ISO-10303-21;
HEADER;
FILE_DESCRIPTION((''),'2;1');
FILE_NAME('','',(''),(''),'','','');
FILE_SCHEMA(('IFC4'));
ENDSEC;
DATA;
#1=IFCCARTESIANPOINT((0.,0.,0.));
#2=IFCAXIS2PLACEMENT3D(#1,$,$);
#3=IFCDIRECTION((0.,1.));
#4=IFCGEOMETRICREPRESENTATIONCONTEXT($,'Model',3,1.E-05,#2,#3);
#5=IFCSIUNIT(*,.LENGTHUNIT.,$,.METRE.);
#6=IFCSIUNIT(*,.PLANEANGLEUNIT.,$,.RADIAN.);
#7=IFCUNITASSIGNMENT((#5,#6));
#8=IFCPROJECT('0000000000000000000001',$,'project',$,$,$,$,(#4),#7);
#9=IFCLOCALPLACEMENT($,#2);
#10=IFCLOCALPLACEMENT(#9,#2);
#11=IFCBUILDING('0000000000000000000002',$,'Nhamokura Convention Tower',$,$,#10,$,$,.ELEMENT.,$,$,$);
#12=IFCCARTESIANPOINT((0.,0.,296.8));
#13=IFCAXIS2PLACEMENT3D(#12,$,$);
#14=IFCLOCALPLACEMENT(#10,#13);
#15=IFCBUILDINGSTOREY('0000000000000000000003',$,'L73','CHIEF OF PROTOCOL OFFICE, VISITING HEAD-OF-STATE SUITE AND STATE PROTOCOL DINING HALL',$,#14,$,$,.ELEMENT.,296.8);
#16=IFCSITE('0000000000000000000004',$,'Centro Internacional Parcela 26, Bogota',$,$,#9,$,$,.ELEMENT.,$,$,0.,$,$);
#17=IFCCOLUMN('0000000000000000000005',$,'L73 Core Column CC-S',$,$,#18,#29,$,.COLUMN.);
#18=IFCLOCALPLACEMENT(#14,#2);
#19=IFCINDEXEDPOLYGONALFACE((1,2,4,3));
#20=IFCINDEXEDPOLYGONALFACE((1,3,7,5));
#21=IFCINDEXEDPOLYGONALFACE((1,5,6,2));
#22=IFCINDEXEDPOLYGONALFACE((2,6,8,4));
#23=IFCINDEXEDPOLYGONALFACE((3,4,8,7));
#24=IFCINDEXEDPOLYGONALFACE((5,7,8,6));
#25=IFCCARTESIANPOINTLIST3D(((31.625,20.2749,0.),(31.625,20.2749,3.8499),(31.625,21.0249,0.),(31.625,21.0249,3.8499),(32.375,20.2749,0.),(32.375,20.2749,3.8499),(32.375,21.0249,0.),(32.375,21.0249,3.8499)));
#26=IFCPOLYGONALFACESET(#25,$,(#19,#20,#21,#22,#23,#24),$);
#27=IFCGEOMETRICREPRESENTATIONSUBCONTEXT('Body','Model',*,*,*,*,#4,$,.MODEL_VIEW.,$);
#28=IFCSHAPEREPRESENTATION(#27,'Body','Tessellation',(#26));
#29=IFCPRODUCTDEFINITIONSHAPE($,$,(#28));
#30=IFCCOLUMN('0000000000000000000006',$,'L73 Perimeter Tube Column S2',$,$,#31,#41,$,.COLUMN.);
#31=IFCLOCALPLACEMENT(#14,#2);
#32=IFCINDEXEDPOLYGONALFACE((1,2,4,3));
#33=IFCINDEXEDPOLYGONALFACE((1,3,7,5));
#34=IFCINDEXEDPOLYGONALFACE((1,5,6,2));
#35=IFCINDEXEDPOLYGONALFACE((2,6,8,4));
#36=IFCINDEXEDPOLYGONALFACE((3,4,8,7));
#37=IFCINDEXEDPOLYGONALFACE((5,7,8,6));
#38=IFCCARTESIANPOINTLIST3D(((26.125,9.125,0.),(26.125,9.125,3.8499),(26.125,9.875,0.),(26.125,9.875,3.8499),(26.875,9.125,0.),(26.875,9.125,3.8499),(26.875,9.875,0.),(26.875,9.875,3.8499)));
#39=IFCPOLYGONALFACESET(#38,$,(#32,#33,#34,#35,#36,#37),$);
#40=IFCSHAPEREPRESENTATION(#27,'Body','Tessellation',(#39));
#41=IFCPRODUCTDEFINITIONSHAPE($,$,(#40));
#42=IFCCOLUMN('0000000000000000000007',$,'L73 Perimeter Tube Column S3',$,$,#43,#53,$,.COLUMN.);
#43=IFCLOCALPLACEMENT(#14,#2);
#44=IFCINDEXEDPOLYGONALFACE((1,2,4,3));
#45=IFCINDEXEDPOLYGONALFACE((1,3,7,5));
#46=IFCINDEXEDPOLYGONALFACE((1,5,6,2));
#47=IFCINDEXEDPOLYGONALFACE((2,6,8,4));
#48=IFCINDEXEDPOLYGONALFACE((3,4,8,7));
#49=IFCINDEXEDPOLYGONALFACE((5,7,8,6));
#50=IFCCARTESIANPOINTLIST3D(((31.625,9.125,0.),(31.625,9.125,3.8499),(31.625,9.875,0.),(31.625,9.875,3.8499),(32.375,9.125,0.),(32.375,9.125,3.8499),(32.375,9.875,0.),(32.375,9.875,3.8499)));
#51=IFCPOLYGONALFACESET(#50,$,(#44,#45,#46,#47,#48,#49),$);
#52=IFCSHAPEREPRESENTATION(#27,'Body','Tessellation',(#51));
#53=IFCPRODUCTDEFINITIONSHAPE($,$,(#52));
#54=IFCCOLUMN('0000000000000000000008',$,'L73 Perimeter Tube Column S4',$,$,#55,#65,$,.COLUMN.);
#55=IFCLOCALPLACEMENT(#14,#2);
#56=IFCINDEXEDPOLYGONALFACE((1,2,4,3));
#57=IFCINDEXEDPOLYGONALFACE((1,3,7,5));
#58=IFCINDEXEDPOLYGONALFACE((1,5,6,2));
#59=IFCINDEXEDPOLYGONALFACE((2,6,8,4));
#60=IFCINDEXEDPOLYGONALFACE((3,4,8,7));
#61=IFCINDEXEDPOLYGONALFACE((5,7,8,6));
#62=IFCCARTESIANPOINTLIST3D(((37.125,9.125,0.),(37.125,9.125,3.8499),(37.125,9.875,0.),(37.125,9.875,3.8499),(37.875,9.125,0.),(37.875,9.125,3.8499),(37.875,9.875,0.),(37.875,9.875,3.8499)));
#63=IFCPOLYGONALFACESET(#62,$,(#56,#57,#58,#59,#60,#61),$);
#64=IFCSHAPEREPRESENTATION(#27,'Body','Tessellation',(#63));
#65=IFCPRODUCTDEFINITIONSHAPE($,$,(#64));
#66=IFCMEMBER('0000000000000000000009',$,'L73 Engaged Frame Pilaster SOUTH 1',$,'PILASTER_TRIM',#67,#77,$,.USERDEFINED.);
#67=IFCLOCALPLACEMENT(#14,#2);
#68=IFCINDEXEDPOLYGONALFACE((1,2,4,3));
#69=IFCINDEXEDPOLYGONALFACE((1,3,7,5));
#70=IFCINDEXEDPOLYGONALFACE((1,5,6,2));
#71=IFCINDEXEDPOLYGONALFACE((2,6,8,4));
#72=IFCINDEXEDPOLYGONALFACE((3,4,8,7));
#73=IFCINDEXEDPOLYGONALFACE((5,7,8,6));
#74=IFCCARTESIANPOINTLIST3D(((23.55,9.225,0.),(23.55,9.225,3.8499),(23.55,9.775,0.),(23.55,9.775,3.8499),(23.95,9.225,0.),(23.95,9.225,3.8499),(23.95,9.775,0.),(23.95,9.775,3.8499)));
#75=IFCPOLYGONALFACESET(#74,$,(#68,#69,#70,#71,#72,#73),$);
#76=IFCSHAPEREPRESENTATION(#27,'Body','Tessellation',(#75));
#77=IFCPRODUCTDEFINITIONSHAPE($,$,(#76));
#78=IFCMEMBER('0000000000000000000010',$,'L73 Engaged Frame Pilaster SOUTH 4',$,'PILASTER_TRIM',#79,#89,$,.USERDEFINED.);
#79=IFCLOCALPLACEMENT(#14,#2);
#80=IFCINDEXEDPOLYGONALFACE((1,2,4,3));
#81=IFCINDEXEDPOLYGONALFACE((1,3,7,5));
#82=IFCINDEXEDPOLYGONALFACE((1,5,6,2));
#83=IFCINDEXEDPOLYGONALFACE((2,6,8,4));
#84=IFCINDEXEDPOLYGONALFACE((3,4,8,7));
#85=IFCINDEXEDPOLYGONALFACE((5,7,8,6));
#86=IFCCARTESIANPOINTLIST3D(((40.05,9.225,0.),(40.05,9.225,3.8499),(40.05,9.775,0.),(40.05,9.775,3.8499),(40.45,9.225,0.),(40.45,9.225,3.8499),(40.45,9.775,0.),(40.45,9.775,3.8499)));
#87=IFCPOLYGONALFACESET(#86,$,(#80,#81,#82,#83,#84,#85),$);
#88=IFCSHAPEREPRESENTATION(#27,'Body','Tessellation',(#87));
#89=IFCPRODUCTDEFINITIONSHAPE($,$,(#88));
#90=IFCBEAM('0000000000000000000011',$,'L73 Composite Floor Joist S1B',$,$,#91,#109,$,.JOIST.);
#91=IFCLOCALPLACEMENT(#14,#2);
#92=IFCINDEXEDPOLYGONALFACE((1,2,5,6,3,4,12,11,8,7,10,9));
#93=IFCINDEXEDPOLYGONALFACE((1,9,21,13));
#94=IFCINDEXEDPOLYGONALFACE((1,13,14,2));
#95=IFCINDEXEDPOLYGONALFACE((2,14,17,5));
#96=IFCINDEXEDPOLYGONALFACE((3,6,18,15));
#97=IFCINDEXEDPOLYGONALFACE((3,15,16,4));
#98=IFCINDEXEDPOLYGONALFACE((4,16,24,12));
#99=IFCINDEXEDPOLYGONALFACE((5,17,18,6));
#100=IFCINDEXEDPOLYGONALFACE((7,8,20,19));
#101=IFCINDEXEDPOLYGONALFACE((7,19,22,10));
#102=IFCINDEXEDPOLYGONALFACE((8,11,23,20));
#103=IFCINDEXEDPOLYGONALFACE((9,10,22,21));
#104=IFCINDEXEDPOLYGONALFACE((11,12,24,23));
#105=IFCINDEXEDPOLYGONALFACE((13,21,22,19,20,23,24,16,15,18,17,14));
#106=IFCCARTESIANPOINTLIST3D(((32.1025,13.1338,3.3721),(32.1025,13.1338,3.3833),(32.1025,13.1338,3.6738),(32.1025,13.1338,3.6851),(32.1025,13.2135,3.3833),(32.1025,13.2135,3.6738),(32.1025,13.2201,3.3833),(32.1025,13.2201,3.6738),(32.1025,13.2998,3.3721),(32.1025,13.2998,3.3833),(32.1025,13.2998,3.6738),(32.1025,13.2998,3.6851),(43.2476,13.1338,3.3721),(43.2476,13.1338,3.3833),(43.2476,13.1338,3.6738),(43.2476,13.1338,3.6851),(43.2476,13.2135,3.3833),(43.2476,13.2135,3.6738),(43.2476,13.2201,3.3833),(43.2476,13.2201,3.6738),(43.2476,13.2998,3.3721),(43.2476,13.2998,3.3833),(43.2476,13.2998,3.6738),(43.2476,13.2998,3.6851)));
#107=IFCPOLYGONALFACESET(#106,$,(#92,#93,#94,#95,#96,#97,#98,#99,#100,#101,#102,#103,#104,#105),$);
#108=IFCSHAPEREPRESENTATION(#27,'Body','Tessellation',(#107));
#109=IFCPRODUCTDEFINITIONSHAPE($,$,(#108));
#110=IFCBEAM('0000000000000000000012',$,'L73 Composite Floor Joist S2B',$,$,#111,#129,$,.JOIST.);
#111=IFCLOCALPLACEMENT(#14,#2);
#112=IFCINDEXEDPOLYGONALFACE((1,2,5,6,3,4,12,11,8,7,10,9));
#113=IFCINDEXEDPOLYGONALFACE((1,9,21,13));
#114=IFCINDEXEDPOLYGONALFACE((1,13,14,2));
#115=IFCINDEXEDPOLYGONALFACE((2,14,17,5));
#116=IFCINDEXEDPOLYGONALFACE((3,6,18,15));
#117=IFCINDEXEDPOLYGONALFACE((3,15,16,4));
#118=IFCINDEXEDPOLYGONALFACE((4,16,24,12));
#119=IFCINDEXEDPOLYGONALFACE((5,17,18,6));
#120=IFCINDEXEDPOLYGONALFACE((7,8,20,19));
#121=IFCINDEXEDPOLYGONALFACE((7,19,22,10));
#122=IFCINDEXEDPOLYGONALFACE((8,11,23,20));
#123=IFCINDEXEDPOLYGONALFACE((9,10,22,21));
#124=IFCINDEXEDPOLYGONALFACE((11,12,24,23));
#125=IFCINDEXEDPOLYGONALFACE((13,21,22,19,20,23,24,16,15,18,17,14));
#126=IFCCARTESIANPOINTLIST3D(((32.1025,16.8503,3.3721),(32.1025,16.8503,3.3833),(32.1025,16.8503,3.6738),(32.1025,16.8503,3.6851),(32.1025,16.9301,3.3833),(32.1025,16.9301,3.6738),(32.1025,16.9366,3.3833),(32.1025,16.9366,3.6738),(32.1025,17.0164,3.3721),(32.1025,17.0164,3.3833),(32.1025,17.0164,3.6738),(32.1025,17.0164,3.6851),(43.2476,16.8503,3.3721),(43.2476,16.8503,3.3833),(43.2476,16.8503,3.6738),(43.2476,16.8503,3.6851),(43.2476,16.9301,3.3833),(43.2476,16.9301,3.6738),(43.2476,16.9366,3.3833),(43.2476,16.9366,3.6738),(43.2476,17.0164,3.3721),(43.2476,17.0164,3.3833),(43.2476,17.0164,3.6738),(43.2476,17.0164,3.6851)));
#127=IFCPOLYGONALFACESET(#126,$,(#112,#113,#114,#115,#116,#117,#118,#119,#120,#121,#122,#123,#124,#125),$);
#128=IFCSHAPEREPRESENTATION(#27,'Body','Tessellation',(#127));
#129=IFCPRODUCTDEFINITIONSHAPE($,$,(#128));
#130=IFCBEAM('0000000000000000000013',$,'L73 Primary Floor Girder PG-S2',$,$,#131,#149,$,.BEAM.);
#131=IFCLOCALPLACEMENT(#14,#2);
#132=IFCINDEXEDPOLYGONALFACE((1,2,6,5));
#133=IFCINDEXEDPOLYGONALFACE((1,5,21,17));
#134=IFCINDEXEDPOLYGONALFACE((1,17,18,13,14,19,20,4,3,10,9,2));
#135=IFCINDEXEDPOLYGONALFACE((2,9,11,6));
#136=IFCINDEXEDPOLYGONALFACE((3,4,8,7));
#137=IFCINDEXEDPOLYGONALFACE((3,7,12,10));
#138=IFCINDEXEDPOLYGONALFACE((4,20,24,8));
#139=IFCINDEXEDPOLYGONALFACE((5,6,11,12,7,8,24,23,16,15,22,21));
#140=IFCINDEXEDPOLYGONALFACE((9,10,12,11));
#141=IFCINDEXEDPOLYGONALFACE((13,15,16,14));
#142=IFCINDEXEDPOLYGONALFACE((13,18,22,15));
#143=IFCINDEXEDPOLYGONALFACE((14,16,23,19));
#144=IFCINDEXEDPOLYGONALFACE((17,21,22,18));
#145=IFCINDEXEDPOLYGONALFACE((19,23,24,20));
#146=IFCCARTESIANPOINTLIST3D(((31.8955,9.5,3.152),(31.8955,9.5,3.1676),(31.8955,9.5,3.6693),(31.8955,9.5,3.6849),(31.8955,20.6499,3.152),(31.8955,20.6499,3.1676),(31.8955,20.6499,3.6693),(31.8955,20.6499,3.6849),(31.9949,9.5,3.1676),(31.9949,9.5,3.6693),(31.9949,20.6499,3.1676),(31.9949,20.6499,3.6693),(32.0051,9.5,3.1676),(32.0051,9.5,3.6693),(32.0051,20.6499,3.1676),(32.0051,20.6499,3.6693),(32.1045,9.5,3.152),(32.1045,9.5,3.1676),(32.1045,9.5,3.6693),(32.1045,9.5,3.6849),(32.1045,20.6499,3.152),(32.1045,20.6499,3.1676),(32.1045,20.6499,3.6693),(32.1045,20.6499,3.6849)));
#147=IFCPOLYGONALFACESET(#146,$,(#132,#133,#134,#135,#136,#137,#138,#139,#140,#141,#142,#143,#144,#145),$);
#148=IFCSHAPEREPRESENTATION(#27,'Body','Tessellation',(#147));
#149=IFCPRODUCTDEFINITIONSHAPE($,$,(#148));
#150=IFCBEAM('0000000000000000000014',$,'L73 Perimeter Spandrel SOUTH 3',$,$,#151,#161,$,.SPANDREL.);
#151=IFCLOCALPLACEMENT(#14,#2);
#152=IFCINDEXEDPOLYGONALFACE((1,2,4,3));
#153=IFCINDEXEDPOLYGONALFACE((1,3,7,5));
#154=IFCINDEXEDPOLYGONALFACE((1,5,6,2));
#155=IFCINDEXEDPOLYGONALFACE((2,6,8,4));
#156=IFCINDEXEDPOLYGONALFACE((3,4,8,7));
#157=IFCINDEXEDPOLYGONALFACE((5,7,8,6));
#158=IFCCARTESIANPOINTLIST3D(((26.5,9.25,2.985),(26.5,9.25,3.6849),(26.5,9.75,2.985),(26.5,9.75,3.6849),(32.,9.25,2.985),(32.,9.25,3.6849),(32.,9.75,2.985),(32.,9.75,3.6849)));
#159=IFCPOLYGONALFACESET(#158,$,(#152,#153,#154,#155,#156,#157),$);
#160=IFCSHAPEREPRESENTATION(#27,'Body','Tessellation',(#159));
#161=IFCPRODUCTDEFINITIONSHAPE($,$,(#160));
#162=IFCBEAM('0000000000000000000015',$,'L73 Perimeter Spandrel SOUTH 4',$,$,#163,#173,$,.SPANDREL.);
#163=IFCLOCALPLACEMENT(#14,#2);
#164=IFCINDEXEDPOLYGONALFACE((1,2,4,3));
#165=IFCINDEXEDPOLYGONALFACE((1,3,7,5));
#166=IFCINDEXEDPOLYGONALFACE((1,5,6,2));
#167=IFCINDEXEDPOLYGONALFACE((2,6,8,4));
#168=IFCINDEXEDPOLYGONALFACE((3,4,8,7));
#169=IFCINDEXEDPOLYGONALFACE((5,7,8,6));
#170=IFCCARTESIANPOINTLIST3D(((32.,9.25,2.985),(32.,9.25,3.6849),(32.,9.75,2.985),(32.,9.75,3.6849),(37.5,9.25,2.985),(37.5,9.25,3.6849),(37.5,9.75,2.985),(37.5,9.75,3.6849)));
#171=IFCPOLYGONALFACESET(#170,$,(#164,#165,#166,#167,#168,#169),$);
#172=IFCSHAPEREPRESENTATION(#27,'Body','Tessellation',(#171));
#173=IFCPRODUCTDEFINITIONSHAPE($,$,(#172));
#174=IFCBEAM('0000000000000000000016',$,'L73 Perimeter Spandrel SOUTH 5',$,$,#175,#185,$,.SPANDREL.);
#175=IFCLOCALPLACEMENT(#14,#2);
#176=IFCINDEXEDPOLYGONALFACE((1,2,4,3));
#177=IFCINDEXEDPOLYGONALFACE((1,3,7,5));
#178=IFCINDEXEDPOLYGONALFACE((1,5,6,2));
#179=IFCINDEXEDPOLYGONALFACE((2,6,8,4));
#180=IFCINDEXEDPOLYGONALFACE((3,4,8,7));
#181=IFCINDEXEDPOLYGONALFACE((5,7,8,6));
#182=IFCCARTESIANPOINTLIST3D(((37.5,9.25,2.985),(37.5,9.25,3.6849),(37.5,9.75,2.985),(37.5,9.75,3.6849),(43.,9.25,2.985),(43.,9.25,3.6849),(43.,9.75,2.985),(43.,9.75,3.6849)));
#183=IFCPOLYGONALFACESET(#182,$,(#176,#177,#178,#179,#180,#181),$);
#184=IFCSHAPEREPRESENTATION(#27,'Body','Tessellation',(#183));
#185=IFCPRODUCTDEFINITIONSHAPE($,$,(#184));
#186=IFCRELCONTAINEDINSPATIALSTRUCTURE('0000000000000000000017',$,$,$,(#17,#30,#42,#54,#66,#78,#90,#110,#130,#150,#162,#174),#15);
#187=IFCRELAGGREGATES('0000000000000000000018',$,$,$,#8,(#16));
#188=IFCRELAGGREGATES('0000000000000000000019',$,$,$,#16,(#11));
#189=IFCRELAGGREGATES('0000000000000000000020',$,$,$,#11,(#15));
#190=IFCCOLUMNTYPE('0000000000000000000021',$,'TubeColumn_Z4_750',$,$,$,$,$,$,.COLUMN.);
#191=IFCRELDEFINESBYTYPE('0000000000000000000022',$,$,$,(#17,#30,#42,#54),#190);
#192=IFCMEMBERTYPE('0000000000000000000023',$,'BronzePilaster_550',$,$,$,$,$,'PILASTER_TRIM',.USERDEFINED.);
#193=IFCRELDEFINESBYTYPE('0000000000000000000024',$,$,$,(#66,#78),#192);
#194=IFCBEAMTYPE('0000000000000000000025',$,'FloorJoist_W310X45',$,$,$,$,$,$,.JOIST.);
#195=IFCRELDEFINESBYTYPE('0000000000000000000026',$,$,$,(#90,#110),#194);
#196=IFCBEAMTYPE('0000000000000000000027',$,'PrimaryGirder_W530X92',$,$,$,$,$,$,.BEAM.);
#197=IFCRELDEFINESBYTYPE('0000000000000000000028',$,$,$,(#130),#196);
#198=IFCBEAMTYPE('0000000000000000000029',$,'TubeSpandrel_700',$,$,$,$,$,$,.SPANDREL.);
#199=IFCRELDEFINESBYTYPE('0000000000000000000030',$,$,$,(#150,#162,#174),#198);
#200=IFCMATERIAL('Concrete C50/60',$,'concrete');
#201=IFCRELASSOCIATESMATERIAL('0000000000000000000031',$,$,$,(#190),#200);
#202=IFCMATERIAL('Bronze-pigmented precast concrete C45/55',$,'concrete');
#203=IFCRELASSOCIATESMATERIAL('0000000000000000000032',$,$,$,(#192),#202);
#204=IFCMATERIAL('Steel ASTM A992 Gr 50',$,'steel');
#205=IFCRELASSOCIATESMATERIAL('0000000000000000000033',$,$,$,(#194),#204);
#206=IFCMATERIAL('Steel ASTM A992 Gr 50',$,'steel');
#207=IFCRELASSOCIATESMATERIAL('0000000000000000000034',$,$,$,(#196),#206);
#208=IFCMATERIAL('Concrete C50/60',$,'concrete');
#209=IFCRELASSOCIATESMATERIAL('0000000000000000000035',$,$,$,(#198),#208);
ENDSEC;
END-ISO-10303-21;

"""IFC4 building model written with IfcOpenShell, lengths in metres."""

from ifc_helpers import new_model, si_unit, direction, frame, origin, origin_2d, place, context, subcontext, project, spatial, rectangle, i_section, extrude, material, material_profile, profile_set, type_object, element, save


model = new_model("IFC4")

# Units and contexts
model_context = context("Model", 3, precision=1e-05, world=origin(), true_north=direction((0.0, 1.0)))
body_context = subcontext(model_context, "Body", "Model", "MODEL_VIEW")
ifc_project = project(units=[si_unit("LENGTHUNIT", "METRE"), si_unit("PLANEANGLEUNIT", "RADIAN")], contexts=[model_context])

# Site, building, storey
site_placement = place(None, origin())
site = spatial("IfcSite", under=ifc_project, at=site_placement, Name="Centro Internacional Parcela 26, Bogota", CompositionType="ELEMENT", RefElevation=0.0)
building_placement = place(site_placement, origin())
building = spatial("IfcBuilding", under=site, at=building_placement, Name="Nhamokura Convention Tower", CompositionType="ELEMENT")
storey_placement = place(building_placement, frame((0.0, 0.0, 296.8)))
storey = spatial("IfcBuildingStorey", under=building, at=storey_placement, Name="L73", Description="CHIEF OF PROTOCOL OFFICE, VISITING HEAD-OF-STATE SUITE AND STATE PROTOCOL DINING HALL", CompositionType="ELEMENT", Elevation=296.8)

# Columns
ifc_material_1 = material(Name="Concrete C50/60", Category="concrete")
ifc_material_profile_1 = material_profile(ifc_material_1, rectangle(XDim=0.75, YDim=0.75, at=origin_2d()))
ifc_profile_set_1 = profile_set([ifc_material_profile_1], Name="Concrete C50/60")
column_type = type_object("IfcColumnType", Name="TubeColumn_Z4_750", PredefinedType="COLUMN", material=ifc_profile_set_1)
for number, where, z_axis, x_axis, name in (
    (1, (32.0, 20.6499, 0.0), (0.0, 0.0, 1.0), (1.0, 0.0, 0.0), "L73 Core Column CC-S"),
    (2, (26.5, 9.5, 0.0), (0.0, 0.0, 1.0), (1.0, 0.0, 0.0), "L73 Perimeter Tube Column S2"),
    (3, (32.0, 9.5, 0.0), (0.0, 0.0, 1.0), (1.0, 0.0, 0.0), "L73 Perimeter Tube Column S3"),
    (4, (37.5, 9.5, 0.0), (0.0, 0.0, 1.0), (1.0, 0.0, 0.0), "L73 Perimeter Tube Column S4"),
):
    element("IfcColumn", number, at=place(storey_placement, frame(where, z_axis=z_axis, x_axis=x_axis)), inside=storey, type_object=column_type, Name=name, PredefinedType="COLUMN", context=body_context, shape_type="SweptSolid", body=[
        extrude(rectangle(XDim=0.75, YDim=0.75, at=origin_2d()), origin(), (0.0, 0.0, 1.0), 3.8499),
    ])

# Members
ifc_material_2 = material(Name="Bronze-pigmented precast concrete C45/55", Category="concrete")
ifc_material_profile_2 = material_profile(ifc_material_2, rectangle(XDim=0.3999, YDim=0.55, at=origin_2d()))
ifc_profile_set_2 = profile_set([ifc_material_profile_2], Name="Bronze-pigmented precast concrete C45/55")
member_type = type_object("IfcMemberType", Name="BronzePilaster_550", ElementType="PILASTER_TRIM", PredefinedType="USERDEFINED", material=ifc_profile_set_2)
for number, where, z_axis, x_axis, name in (
    (5, (23.75, 9.5, 0.0), (0.0, 0.0, 1.0), (1.0, 0.0, 0.0), "L73 Engaged Frame Pilaster SOUTH 1"),
    (6, (40.25, 9.5, 0.0), (0.0, 0.0, 1.0), (1.0, 0.0, 0.0), "L73 Engaged Frame Pilaster SOUTH 4"),
):
    element("IfcMember", number, at=place(storey_placement, frame(where, z_axis=z_axis, x_axis=x_axis)), inside=storey, type_object=member_type, Name=name, ObjectType="PILASTER_TRIM", PredefinedType="USERDEFINED", context=body_context, shape_type="SweptSolid", body=[
        extrude(rectangle(XDim=0.3999, YDim=0.55, at=origin_2d()), origin(), (0.0, 0.0, 1.0), 3.8499),
    ])

# Beams
ifc_material_3 = material(Name="Steel ASTM A992 Gr 50", Category="steel")
ifc_material_profile_3 = material_profile(ifc_material_3, i_section(OverallWidth=0.166, OverallDepth=0.313, WebThickness=0.0066, FlangeThickness=0.0112, at=origin_2d()))
ifc_profile_set_3 = profile_set([ifc_material_profile_3], Name="Steel ASTM A992 Gr 50")
beam_type_1 = type_object("IfcBeamType", Name="FloorJoist_W310X45", PredefinedType="JOIST", material=ifc_profile_set_3)
for number, where, z_axis, x_axis, name in (
    (7, (32.1025, 13.2168, 3.5286), (1.0, 0.0, 0.0), (0.0, 1.0, 0.0), "L73 Composite Floor Joist S1B"),
    (8, (32.1025, 16.9333, 3.5286), (1.0, 0.0, 0.0), (0.0, 1.0, 0.0), "L73 Composite Floor Joist S2B"),
):
    element("IfcBeam", number, at=place(storey_placement, frame(where, z_axis=z_axis, x_axis=x_axis)), inside=storey, type_object=beam_type_1, Name=name, PredefinedType="JOIST", context=body_context, shape_type="SweptSolid", body=[
        extrude(i_section(OverallWidth=0.166, OverallDepth=0.313, WebThickness=0.0066, FlangeThickness=0.0112, at=origin_2d()), origin(), (0.0, 0.0, 1.0), 11.145),
    ])
ifc_material_4 = material(Name="Steel ASTM A992 Gr 50", Category="steel")
ifc_material_profile_4 = material_profile(ifc_material_4, i_section(OverallWidth=0.209, OverallDepth=0.533, WebThickness=0.0103, FlangeThickness=0.0156, at=origin_2d()))
ifc_profile_set_4 = profile_set([ifc_material_profile_4], Name="Steel ASTM A992 Gr 50")
beam_type_2 = type_object("IfcBeamType", Name="PrimaryGirder_W530X92", PredefinedType="BEAM", material=ifc_profile_set_4)
beam_placement = place(storey_placement, frame((32.0, 9.5, 3.4185), z_axis=(0.0, 1.0, 0.0), x_axis=(-1.0, 0.0, 0.0)))
element("IfcBeam", 9, at=beam_placement, inside=storey, type_object=beam_type_2, Name="L73 Primary Floor Girder PG-S2", PredefinedType="BEAM", context=body_context, shape_type="SweptSolid", body=[
    extrude(i_section(OverallWidth=0.209, OverallDepth=0.533, WebThickness=0.0103, FlangeThickness=0.0156, at=origin_2d()), origin(), (0.0, 0.0, 1.0), 11.1499),
])
ifc_material_5 = material(Name="Concrete C50/60", Category="concrete")
ifc_material_profile_5 = material_profile(ifc_material_5, rectangle(XDim=0.5, YDim=0.7, at=origin_2d()))
ifc_profile_set_5 = profile_set([ifc_material_profile_5], Name="Concrete C50/60")
beam_type_3 = type_object("IfcBeamType", Name="TubeSpandrel_700", PredefinedType="SPANDREL", material=ifc_profile_set_5)
for number, where, z_axis, x_axis, name in (
    (10, (26.5, 9.5, 3.335), (1.0, 0.0, 0.0), (0.0, 1.0, 0.0), "L73 Perimeter Spandrel SOUTH 3"),
    (11, (32.0, 9.5, 3.335), (1.0, 0.0, 0.0), (0.0, 1.0, 0.0), "L73 Perimeter Spandrel SOUTH 4"),
    (12, (37.5, 9.5, 3.335), (1.0, 0.0, 0.0), (0.0, 1.0, 0.0), "L73 Perimeter Spandrel SOUTH 5"),
):
    element("IfcBeam", number, at=place(storey_placement, frame(where, z_axis=z_axis, x_axis=x_axis)), inside=storey, type_object=beam_type_3, Name=name, PredefinedType="SPANDREL", context=body_context, shape_type="SweptSolid", body=[
        extrude(rectangle(XDim=0.5, YDim=0.7, at=origin_2d()), origin(), (0.0, 0.0, 1.0), 5.5),
    ])

save(model, "model.ifc")
